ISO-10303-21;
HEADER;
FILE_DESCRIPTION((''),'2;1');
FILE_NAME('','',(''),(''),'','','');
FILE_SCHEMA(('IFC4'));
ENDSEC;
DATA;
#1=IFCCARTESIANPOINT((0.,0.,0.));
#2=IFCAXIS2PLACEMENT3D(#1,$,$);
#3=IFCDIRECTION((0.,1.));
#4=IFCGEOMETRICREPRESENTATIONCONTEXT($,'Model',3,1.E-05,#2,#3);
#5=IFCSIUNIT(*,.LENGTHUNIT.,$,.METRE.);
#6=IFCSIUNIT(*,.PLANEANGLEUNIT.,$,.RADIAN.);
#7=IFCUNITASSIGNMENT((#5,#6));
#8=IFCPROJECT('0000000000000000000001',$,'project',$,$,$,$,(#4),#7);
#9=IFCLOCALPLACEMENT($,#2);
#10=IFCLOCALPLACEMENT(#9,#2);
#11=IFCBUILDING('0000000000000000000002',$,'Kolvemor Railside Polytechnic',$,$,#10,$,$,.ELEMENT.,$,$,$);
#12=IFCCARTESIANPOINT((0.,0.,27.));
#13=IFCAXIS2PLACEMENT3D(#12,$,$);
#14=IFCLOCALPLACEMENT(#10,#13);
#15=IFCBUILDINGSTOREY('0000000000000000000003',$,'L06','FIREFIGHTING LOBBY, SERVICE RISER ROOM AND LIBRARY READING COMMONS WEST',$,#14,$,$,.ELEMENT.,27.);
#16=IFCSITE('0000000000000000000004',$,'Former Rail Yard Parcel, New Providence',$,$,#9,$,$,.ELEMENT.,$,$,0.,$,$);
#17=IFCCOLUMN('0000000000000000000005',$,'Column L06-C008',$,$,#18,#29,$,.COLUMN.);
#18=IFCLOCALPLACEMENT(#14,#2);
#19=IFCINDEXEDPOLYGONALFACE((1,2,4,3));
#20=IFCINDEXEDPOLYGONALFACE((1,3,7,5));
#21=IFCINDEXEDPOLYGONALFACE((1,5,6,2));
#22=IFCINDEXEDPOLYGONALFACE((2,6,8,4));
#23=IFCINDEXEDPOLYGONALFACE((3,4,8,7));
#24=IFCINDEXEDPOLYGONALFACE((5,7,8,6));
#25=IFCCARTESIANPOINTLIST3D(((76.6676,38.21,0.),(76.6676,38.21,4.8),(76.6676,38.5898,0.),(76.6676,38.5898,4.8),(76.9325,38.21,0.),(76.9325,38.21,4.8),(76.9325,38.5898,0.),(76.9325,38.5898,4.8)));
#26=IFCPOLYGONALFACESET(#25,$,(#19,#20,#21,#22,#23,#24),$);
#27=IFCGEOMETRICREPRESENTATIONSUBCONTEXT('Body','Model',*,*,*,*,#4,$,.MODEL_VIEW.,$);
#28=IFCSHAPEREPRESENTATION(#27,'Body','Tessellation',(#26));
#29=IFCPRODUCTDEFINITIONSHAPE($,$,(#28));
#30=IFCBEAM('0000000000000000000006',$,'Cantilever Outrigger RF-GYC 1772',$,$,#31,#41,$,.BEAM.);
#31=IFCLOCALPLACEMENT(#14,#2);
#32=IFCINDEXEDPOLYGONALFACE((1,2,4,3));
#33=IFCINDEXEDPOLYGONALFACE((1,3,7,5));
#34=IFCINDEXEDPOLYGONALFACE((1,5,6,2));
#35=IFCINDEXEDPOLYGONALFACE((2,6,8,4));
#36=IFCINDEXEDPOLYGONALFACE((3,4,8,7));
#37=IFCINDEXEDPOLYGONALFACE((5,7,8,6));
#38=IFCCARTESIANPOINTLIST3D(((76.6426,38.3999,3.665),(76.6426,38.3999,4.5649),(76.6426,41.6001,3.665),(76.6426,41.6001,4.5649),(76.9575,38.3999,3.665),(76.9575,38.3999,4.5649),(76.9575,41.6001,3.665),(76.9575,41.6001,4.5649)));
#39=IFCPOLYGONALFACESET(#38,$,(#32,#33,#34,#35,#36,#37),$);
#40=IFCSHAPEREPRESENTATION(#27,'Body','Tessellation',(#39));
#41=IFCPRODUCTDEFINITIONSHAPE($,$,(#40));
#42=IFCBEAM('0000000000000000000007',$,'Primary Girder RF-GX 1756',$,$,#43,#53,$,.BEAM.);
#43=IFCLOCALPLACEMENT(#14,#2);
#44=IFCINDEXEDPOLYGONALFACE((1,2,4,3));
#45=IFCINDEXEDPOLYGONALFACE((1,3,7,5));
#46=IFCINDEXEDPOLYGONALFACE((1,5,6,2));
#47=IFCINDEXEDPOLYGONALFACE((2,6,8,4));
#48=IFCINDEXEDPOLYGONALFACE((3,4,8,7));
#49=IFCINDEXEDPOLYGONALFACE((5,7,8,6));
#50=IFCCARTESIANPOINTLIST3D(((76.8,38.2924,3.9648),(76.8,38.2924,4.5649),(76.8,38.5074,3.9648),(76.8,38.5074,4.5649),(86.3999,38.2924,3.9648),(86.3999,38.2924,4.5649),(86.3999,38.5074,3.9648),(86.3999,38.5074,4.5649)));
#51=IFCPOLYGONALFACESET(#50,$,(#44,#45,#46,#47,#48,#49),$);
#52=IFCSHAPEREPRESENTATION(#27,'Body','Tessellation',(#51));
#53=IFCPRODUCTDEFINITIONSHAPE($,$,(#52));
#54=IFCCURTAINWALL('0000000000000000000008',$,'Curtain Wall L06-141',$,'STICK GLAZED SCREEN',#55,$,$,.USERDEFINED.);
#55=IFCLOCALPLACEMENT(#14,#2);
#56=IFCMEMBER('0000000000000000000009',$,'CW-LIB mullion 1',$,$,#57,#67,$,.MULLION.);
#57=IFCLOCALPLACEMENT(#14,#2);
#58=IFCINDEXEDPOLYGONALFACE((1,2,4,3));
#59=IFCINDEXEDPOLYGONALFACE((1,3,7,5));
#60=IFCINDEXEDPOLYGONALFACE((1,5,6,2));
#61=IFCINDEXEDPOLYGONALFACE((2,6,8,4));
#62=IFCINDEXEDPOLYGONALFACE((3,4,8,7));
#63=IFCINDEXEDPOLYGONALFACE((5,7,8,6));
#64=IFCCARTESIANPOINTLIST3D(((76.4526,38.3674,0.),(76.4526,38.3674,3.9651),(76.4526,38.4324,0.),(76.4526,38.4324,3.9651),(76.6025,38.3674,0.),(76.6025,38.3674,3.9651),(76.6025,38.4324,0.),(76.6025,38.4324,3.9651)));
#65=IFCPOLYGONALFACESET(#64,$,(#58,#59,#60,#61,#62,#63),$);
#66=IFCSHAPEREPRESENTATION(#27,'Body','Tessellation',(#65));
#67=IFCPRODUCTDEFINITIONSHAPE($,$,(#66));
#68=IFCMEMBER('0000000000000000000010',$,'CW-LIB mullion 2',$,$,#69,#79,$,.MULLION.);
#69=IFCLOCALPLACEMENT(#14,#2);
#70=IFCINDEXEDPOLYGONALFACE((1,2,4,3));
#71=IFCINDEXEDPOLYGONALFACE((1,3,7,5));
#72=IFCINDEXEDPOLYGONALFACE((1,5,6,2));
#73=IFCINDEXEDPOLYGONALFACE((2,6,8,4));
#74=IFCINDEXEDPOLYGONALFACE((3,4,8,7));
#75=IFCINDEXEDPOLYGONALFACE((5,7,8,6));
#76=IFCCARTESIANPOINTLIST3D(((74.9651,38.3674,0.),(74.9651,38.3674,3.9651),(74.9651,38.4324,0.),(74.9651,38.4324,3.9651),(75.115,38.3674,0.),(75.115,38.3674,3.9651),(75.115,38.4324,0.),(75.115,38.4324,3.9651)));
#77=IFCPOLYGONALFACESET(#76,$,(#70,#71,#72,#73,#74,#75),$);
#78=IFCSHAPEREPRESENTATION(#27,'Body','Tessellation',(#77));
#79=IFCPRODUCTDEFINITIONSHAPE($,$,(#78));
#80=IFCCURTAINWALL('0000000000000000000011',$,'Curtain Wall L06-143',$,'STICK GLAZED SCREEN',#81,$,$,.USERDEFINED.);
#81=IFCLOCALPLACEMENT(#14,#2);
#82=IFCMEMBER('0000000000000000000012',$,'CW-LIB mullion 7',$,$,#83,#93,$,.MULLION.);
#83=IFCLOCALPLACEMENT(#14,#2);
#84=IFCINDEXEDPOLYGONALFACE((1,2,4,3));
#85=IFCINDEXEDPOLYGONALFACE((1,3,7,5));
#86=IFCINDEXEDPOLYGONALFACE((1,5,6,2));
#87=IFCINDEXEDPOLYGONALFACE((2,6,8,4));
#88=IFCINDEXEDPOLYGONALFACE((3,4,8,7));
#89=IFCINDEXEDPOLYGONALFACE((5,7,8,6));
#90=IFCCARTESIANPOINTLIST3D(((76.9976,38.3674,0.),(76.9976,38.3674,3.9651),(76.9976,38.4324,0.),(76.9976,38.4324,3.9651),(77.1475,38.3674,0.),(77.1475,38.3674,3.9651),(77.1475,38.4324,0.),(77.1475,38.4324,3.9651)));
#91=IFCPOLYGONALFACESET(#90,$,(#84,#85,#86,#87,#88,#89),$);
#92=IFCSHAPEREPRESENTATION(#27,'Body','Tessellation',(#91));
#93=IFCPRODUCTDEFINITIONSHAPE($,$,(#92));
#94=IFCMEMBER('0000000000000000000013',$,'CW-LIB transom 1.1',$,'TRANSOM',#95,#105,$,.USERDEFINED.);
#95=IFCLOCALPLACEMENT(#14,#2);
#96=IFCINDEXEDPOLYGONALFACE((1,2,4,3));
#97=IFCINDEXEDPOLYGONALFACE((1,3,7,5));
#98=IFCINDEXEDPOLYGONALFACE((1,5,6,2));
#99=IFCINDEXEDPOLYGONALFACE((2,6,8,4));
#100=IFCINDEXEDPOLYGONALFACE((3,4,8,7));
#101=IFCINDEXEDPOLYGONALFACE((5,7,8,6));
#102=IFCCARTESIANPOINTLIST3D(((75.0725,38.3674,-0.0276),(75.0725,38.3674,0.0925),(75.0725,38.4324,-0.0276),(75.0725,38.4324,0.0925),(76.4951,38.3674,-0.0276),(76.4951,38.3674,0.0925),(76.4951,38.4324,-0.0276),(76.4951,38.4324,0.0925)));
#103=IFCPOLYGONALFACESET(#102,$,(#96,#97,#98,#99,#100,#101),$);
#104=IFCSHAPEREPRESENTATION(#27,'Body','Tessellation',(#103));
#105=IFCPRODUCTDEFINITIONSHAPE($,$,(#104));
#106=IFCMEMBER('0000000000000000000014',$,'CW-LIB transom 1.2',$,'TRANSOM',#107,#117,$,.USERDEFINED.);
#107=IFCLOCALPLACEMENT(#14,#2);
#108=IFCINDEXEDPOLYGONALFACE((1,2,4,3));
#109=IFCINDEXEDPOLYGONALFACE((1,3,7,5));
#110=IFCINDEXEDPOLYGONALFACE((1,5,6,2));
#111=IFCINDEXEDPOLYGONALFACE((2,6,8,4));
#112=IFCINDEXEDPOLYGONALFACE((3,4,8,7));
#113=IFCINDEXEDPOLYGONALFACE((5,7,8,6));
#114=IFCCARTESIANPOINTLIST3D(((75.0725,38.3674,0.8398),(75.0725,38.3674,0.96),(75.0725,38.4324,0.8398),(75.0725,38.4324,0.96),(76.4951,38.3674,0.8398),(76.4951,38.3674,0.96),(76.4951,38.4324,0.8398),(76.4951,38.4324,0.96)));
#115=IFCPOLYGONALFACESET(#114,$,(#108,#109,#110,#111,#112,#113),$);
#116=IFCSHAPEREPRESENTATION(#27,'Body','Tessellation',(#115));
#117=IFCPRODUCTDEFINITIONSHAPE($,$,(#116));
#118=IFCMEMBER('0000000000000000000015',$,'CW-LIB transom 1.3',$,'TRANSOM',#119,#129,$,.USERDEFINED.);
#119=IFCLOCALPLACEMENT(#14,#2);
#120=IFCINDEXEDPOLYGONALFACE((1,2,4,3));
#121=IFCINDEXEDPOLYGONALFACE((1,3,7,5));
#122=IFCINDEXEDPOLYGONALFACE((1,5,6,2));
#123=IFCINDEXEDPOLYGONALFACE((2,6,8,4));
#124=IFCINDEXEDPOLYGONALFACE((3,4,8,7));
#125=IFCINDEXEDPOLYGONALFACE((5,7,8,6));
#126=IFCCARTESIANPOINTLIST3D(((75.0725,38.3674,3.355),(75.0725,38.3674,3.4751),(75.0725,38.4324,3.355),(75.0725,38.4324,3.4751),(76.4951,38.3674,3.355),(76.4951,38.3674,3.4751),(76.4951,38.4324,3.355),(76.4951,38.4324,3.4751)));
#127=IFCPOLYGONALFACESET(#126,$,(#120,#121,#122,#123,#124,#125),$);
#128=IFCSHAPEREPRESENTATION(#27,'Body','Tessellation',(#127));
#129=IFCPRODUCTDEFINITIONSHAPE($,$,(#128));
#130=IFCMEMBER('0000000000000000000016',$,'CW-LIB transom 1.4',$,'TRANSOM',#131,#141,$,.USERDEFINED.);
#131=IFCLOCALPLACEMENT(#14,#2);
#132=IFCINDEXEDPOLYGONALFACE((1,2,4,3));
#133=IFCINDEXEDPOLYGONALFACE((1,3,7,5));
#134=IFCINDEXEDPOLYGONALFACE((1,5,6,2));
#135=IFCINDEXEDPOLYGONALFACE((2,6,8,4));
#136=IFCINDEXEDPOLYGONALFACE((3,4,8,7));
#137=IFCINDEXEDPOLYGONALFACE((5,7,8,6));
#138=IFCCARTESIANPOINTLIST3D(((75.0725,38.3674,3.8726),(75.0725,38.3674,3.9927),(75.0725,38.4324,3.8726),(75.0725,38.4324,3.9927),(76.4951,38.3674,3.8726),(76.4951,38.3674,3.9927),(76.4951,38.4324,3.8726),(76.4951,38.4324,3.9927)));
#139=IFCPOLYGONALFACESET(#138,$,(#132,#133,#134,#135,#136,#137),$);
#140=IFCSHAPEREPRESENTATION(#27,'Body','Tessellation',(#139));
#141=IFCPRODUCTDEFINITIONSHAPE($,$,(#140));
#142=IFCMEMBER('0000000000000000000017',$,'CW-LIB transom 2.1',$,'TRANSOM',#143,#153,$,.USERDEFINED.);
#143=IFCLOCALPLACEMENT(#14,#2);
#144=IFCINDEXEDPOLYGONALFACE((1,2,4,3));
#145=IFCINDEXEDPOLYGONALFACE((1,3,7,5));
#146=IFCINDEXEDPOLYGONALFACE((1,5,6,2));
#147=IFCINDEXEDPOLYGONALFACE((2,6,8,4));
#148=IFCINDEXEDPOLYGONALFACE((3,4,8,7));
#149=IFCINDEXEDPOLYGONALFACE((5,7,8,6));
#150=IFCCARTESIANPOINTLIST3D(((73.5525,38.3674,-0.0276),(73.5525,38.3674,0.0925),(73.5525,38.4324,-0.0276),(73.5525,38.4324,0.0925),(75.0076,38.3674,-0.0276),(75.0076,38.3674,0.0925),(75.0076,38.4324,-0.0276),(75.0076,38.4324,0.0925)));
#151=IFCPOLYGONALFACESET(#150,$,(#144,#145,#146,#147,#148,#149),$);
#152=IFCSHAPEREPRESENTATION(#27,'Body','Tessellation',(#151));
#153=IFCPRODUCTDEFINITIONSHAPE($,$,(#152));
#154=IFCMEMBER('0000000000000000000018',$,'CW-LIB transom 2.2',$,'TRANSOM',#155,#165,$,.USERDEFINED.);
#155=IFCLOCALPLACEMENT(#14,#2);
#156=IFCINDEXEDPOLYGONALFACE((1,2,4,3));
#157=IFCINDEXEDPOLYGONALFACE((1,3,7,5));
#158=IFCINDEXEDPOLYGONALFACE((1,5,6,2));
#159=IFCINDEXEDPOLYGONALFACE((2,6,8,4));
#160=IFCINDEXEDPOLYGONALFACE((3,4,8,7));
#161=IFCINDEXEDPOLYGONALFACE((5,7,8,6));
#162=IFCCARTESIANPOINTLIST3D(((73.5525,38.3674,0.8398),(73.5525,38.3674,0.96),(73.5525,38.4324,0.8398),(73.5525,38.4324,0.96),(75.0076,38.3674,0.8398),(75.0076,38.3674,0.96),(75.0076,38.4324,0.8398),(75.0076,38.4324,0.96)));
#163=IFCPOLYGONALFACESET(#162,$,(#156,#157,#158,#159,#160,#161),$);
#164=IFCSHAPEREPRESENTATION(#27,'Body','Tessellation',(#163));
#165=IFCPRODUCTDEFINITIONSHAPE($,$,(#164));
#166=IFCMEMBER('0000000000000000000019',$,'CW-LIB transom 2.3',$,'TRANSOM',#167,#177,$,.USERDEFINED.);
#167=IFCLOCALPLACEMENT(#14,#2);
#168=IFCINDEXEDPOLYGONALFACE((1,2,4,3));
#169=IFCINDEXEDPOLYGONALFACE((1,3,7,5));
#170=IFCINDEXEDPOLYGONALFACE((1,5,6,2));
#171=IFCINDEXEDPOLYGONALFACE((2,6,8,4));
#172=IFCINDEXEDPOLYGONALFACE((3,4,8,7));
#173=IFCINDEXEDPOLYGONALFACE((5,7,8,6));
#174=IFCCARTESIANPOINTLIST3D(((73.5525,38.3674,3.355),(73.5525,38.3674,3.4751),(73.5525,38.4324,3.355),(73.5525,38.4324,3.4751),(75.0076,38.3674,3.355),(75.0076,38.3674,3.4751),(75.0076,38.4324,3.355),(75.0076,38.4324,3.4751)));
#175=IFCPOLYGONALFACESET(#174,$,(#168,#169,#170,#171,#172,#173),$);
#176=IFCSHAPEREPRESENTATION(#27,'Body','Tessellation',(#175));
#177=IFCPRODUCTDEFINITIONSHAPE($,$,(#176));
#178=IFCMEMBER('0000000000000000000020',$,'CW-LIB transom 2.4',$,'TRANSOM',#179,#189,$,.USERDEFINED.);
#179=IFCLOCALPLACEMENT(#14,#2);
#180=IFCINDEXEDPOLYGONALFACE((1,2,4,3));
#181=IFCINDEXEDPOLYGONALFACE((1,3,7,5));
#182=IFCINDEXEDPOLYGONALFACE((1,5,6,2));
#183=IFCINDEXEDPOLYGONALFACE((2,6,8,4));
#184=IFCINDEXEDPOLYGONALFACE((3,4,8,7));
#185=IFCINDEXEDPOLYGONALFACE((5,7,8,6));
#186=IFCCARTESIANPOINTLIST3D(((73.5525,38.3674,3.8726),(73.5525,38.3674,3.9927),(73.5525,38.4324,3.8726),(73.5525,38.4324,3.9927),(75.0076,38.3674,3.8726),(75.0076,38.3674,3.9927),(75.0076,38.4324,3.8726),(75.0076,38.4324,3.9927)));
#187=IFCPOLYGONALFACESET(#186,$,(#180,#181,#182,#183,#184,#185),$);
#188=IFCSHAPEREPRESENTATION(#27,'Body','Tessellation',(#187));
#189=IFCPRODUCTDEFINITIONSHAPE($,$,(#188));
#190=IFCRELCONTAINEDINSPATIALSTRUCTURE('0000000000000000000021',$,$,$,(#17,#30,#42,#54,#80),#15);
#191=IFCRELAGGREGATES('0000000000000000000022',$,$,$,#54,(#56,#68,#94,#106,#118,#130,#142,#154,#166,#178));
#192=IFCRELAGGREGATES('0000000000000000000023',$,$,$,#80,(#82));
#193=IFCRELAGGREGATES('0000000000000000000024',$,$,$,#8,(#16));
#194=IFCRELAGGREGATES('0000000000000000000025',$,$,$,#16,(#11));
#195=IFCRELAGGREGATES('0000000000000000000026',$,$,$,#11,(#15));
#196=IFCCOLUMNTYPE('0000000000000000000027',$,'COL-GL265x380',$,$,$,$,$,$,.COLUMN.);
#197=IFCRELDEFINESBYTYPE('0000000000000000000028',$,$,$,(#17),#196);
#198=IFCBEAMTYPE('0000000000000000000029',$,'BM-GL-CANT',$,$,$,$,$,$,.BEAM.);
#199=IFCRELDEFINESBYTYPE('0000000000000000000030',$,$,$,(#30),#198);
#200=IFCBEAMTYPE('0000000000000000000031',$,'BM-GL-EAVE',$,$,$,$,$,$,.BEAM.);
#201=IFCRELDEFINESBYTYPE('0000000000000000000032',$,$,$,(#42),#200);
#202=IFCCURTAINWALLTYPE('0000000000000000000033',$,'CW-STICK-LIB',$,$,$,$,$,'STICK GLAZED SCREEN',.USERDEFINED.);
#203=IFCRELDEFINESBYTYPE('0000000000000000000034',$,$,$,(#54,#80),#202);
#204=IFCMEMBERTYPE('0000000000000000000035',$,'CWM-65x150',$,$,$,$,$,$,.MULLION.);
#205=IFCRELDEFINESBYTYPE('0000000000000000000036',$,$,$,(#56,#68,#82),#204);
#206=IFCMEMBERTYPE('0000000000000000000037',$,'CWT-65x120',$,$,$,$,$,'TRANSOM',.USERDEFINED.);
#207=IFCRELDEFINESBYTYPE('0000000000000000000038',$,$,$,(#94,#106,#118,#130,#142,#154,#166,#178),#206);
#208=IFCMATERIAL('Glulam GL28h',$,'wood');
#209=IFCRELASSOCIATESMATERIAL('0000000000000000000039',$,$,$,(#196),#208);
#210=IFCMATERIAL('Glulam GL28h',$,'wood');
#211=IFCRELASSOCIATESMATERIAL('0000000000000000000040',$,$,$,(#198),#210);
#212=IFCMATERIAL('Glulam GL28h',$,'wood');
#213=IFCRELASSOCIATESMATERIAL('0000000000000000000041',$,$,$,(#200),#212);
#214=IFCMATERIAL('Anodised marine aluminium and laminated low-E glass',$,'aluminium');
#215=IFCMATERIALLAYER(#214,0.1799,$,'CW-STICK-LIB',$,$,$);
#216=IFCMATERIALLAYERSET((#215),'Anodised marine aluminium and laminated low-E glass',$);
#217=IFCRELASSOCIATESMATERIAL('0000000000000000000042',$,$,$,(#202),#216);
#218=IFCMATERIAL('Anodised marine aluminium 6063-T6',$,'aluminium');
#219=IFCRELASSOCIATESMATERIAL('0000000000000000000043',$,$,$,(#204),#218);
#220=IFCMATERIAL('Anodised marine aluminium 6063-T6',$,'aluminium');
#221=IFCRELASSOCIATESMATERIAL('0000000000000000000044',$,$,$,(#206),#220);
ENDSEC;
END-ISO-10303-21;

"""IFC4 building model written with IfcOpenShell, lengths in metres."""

from ifc_helpers import new_model, si_unit, direction, frame, origin, origin_2d, place, context, subcontext, project, spatial, rectangle, extrude, material, layer, layer_set, material_profile, profile_set, type_object, element, aggregate, save


model = new_model("IFC4")

# Units and contexts
model_context = context("Model", 3, precision=1e-05, world=origin(), true_north=direction((0.0, 1.0)))
body_context = subcontext(model_context, "Body", "Model", "MODEL_VIEW")
ifc_project = project(units=[si_unit("LENGTHUNIT", "METRE"), si_unit("PLANEANGLEUNIT", "RADIAN")], contexts=[model_context])

# Site, building, storey
site_placement = place(None, origin())
site = spatial("IfcSite", under=ifc_project, at=site_placement, Name="Former Rail Yard Parcel, New Providence", CompositionType="ELEMENT", RefElevation=0.0)
building_placement = place(site_placement, origin())
building = spatial("IfcBuilding", under=site, at=building_placement, Name="Kolvemor Railside Polytechnic", CompositionType="ELEMENT")
storey_placement = place(building_placement, frame((0.0, 0.0, 27.0)))
storey = spatial("IfcBuildingStorey", under=building, at=storey_placement, Name="L06", Description="FIREFIGHTING LOBBY, SERVICE RISER ROOM AND LIBRARY READING COMMONS WEST", CompositionType="ELEMENT", Elevation=27.0)

# Column
ifc_material_1 = material(Name="Glulam GL28h", Category="wood")
ifc_material_profile_1 = material_profile(ifc_material_1, rectangle(XDim=0.2649, YDim=0.3799, at=origin_2d()), Name="GL265x380")
ifc_profile_set_1 = profile_set([ifc_material_profile_1], Name="Glulam GL28h")
column_type = type_object("IfcColumnType", Name="COL-GL265x380", PredefinedType="COLUMN", material=ifc_profile_set_1)
column_placement = place(storey_placement, frame((76.8, 38.3999, 0.0), z_axis=(0.0, 0.0, 1.0), x_axis=(1.0, 0.0, 0.0)))
element("IfcColumn", 1, at=column_placement, inside=storey, type_object=column_type, Name="Column L06-C008", PredefinedType="COLUMN", context=body_context, shape_type="SweptSolid", body=[
    extrude(rectangle(XDim=0.2649, YDim=0.3799, at=origin_2d()), origin(), (0.0, 0.0, 1.0), 4.8),
])

# Beams
ifc_material_2 = material(Name="Glulam GL28h", Category="wood")
ifc_material_profile_2 = material_profile(ifc_material_2, rectangle(XDim=0.3149, YDim=0.8999, at=origin_2d()), Name="GL315x900")
ifc_profile_set_2 = profile_set([ifc_material_profile_2], Name="Glulam GL28h")
beam_type_1 = type_object("IfcBeamType", Name="BM-GL-CANT", PredefinedType="BEAM", material=ifc_profile_set_2)
beam_1_placement = place(storey_placement, frame((76.8, 38.3999, 4.115), z_axis=(0.0, 1.0, 0.0), x_axis=(-1.0, 0.0, 0.0)))
element("IfcBeam", 2, at=beam_1_placement, inside=storey, type_object=beam_type_1, Name="Cantilever Outrigger RF-GYC 1772", PredefinedType="BEAM", context=body_context, shape_type="SweptSolid", body=[
    extrude(rectangle(XDim=0.3149, YDim=0.8999, at=origin_2d()), origin(), (0.0, 0.0, 1.0), 3.2002),
])
ifc_material_3 = material(Name="Glulam GL28h", Category="wood")
ifc_material_profile_3 = material_profile(ifc_material_3, rectangle(XDim=0.2151, YDim=0.6001, at=origin_2d()), Name="GL215x600")
ifc_profile_set_3 = profile_set([ifc_material_profile_3], Name="Glulam GL28h")
beam_type_2 = type_object("IfcBeamType", Name="BM-GL-EAVE", PredefinedType="BEAM", material=ifc_profile_set_3)
beam_2_placement = place(storey_placement, frame((76.8, 38.3999, 4.2649), z_axis=(1.0, 0.0, 0.0), x_axis=(0.0, 1.0, 0.0)))
element("IfcBeam", 3, at=beam_2_placement, inside=storey, type_object=beam_type_2, Name="Primary Girder RF-GX 1756", PredefinedType="BEAM", context=body_context, shape_type="SweptSolid", body=[
    extrude(rectangle(XDim=0.2151, YDim=0.6001, at=origin_2d()), origin(), (0.0, 0.0, 1.0), 9.5999),
])

# Curtain wall, members
ifc_material_4 = material(Name="Anodised marine aluminium and laminated low-E glass", Category="aluminium")
ifc_layer_1 = layer(ifc_material_4, 0.1799, Name="CW-STICK-LIB")
ifc_layer_set_1 = layer_set([ifc_layer_1], Name="Anodised marine aluminium and laminated low-E glass")
curtain_wall_type = type_object("IfcCurtainWallType", Name="CW-STICK-LIB", ElementType="STICK GLAZED SCREEN", PredefinedType="USERDEFINED", material=ifc_layer_set_1)
curtain_wall_1_placement = place(storey_placement, origin())
curtain_wall_1 = element("IfcCurtainWall", 4, at=curtain_wall_1_placement, inside=storey, type_object=curtain_wall_type, Name="Curtain Wall L06-141", ObjectType="STICK GLAZED SCREEN", PredefinedType="USERDEFINED")
ifc_material_5 = material(Name="Anodised marine aluminium 6063-T6", Category="aluminium")
ifc_material_profile_4 = material_profile(ifc_material_5, rectangle(XDim=0.0649, YDim=0.1499, at=origin_2d()), Name="CW-MUL-65x150")
ifc_profile_set_4 = profile_set([ifc_material_profile_4], Name="Anodised marine aluminium 6063-T6")
member_type_1 = type_object("IfcMemberType", Name="CWM-65x150", PredefinedType="MULLION", material=ifc_profile_set_4)
member_1_placement = place(storey_placement, frame((76.5276, 38.3999, 0.0), z_axis=(0.0, 0.0, 1.0), x_axis=(0.0, -1.0, 0.0)))
member_1 = element("IfcMember", 5, at=member_1_placement, type_object=member_type_1, Name="CW-LIB mullion 1", PredefinedType="MULLION", context=body_context, shape_type="SweptSolid", body=[
    extrude(rectangle(XDim=0.0649, YDim=0.1499, at=origin_2d()), origin(), (0.0, 0.0, 1.0), 3.9651),
])
member_2_placement = place(storey_placement, frame((75.04, 38.3999, 0.0), z_axis=(0.0, 0.0, 1.0), x_axis=(0.0, -1.0, 0.0)))
member_2 = element("IfcMember", 6, at=member_2_placement, type_object=member_type_1, Name="CW-LIB mullion 2", PredefinedType="MULLION", context=body_context, shape_type="SweptSolid", body=[
    extrude(rectangle(XDim=0.0649, YDim=0.1499, at=origin_2d()), origin(), (0.0, 0.0, 1.0), 3.9651),
])

# Curtain wall, member
curtain_wall_2_placement = place(storey_placement, origin())
curtain_wall_2 = element("IfcCurtainWall", 7, at=curtain_wall_2_placement, inside=storey, type_object=curtain_wall_type, Name="Curtain Wall L06-143", ObjectType="STICK GLAZED SCREEN", PredefinedType="USERDEFINED")
member_3_placement = place(storey_placement, frame((77.0725, 38.3999, 0.0), z_axis=(0.0, 0.0, 1.0), x_axis=(0.0, -1.0, 0.0)))
member_3 = element("IfcMember", 8, at=member_3_placement, type_object=member_type_1, Name="CW-LIB mullion 7", PredefinedType="MULLION", context=body_context, shape_type="SweptSolid", body=[
    extrude(rectangle(XDim=0.0649, YDim=0.1499, at=origin_2d()), origin(), (0.0, 0.0, 1.0), 3.9651),
])

# Members
ifc_material_6 = material(Name="Anodised marine aluminium 6063-T6", Category="aluminium")
ifc_material_profile_5 = material_profile(ifc_material_6, rectangle(XDim=0.0649, YDim=0.1201, at=origin_2d()), Name="CW-TRN-65x120")
ifc_profile_set_5 = profile_set([ifc_material_profile_5], Name="Anodised marine aluminium 6063-T6")
member_type_2 = type_object("IfcMemberType", Name="CWT-65x120", ElementType="TRANSOM", PredefinedType="USERDEFINED", material=ifc_profile_set_5)
member_4_placement = place(storey_placement, frame((76.4951, 38.3999, 0.0325), z_axis=(-1.0, 0.0, 0.0), x_axis=(0.0, -1.0, 0.0)))
member_4 = element("IfcMember", 9, at=member_4_placement, type_object=member_type_2, Name="CW-LIB transom 1.1", ObjectType="TRANSOM", PredefinedType="USERDEFINED", context=body_context, shape_type="SweptSolid", body=[
    extrude(rectangle(XDim=0.0649, YDim=0.1201, at=origin_2d()), origin(), (0.0, 0.0, 1.0), 1.4226),
])
member_5_placement = place(storey_placement, frame((76.4951, 38.3999, 0.8999), z_axis=(-1.0, 0.0, 0.0), x_axis=(0.0, -1.0, 0.0)))
member_5 = element("IfcMember", 10, at=member_5_placement, type_object=member_type_2, Name="CW-LIB transom 1.2", ObjectType="TRANSOM", PredefinedType="USERDEFINED", context=body_context, shape_type="SweptSolid", body=[
    extrude(rectangle(XDim=0.0649, YDim=0.1201, at=origin_2d()), origin(), (0.0, 0.0, 1.0), 1.4226),
])
member_6_placement = place(storey_placement, frame((76.4951, 38.3999, 3.415), z_axis=(-1.0, 0.0, 0.0), x_axis=(0.0, -1.0, 0.0)))
member_6 = element("IfcMember", 11, at=member_6_placement, type_object=member_type_2, Name="CW-LIB transom 1.3", ObjectType="TRANSOM", PredefinedType="USERDEFINED", context=body_context, shape_type="SweptSolid", body=[
    extrude(rectangle(XDim=0.0649, YDim=0.1201, at=origin_2d()), origin(), (0.0, 0.0, 1.0), 1.4226),
])
member_7_placement = place(storey_placement, frame((76.4951, 38.3999, 3.9326), z_axis=(-1.0, 0.0, 0.0), x_axis=(0.0, -1.0, 0.0)))
member_7 = element("IfcMember", 12, at=member_7_placement, type_object=member_type_2, Name="CW-LIB transom 1.4", ObjectType="TRANSOM", PredefinedType="USERDEFINED", context=body_context, shape_type="SweptSolid", body=[
    extrude(rectangle(XDim=0.0649, YDim=0.1201, at=origin_2d()), origin(), (0.0, 0.0, 1.0), 1.4226),
])
member_8_placement = place(storey_placement, frame((75.0076, 38.3999, 0.0325), z_axis=(-1.0, 0.0, 0.0), x_axis=(0.0, -1.0, 0.0)))
member_8 = element("IfcMember", 13, at=member_8_placement, type_object=member_type_2, Name="CW-LIB transom 2.1", ObjectType="TRANSOM", PredefinedType="USERDEFINED", context=body_context, shape_type="SweptSolid", body=[
    extrude(rectangle(XDim=0.0649, YDim=0.1201, at=origin_2d()), origin(), (0.0, 0.0, 1.0), 1.4551),
])
member_9_placement = place(storey_placement, frame((75.0076, 38.3999, 0.8999), z_axis=(-1.0, 0.0, 0.0), x_axis=(0.0, -1.0, 0.0)))
member_9 = element("IfcMember", 14, at=member_9_placement, type_object=member_type_2, Name="CW-LIB transom 2.2", ObjectType="TRANSOM", PredefinedType="USERDEFINED", context=body_context, shape_type="SweptSolid", body=[
    extrude(rectangle(XDim=0.0649, YDim=0.1201, at=origin_2d()), origin(), (0.0, 0.0, 1.0), 1.4551),
])
member_10_placement = place(storey_placement, frame((75.0076, 38.3999, 3.415), z_axis=(-1.0, 0.0, 0.0), x_axis=(0.0, -1.0, 0.0)))
member_10 = element("IfcMember", 15, at=member_10_placement, type_object=member_type_2, Name="CW-LIB transom 2.3", ObjectType="TRANSOM", PredefinedType="USERDEFINED", context=body_context, shape_type="SweptSolid", body=[
    extrude(rectangle(XDim=0.0649, YDim=0.1201, at=origin_2d()), origin(), (0.0, 0.0, 1.0), 1.4551),
])
member_11_placement = place(storey_placement, frame((75.0076, 38.3999, 3.9326), z_axis=(-1.0, 0.0, 0.0), x_axis=(0.0, -1.0, 0.0)))
member_11 = element("IfcMember", 16, at=member_11_placement, type_object=member_type_2, Name="CW-LIB transom 2.4", ObjectType="TRANSOM", PredefinedType="USERDEFINED", context=body_context, shape_type="SweptSolid", body=[
    extrude(rectangle(XDim=0.0649, YDim=0.1201, at=origin_2d()), origin(), (0.0, 0.0, 1.0), 1.4551),
])

aggregate(curtain_wall_1, [member_1, member_2, member_4, member_5, member_6, member_7, member_8, member_9, member_10, member_11])
aggregate(curtain_wall_2, [member_3])

save(model, "model.ifc")
